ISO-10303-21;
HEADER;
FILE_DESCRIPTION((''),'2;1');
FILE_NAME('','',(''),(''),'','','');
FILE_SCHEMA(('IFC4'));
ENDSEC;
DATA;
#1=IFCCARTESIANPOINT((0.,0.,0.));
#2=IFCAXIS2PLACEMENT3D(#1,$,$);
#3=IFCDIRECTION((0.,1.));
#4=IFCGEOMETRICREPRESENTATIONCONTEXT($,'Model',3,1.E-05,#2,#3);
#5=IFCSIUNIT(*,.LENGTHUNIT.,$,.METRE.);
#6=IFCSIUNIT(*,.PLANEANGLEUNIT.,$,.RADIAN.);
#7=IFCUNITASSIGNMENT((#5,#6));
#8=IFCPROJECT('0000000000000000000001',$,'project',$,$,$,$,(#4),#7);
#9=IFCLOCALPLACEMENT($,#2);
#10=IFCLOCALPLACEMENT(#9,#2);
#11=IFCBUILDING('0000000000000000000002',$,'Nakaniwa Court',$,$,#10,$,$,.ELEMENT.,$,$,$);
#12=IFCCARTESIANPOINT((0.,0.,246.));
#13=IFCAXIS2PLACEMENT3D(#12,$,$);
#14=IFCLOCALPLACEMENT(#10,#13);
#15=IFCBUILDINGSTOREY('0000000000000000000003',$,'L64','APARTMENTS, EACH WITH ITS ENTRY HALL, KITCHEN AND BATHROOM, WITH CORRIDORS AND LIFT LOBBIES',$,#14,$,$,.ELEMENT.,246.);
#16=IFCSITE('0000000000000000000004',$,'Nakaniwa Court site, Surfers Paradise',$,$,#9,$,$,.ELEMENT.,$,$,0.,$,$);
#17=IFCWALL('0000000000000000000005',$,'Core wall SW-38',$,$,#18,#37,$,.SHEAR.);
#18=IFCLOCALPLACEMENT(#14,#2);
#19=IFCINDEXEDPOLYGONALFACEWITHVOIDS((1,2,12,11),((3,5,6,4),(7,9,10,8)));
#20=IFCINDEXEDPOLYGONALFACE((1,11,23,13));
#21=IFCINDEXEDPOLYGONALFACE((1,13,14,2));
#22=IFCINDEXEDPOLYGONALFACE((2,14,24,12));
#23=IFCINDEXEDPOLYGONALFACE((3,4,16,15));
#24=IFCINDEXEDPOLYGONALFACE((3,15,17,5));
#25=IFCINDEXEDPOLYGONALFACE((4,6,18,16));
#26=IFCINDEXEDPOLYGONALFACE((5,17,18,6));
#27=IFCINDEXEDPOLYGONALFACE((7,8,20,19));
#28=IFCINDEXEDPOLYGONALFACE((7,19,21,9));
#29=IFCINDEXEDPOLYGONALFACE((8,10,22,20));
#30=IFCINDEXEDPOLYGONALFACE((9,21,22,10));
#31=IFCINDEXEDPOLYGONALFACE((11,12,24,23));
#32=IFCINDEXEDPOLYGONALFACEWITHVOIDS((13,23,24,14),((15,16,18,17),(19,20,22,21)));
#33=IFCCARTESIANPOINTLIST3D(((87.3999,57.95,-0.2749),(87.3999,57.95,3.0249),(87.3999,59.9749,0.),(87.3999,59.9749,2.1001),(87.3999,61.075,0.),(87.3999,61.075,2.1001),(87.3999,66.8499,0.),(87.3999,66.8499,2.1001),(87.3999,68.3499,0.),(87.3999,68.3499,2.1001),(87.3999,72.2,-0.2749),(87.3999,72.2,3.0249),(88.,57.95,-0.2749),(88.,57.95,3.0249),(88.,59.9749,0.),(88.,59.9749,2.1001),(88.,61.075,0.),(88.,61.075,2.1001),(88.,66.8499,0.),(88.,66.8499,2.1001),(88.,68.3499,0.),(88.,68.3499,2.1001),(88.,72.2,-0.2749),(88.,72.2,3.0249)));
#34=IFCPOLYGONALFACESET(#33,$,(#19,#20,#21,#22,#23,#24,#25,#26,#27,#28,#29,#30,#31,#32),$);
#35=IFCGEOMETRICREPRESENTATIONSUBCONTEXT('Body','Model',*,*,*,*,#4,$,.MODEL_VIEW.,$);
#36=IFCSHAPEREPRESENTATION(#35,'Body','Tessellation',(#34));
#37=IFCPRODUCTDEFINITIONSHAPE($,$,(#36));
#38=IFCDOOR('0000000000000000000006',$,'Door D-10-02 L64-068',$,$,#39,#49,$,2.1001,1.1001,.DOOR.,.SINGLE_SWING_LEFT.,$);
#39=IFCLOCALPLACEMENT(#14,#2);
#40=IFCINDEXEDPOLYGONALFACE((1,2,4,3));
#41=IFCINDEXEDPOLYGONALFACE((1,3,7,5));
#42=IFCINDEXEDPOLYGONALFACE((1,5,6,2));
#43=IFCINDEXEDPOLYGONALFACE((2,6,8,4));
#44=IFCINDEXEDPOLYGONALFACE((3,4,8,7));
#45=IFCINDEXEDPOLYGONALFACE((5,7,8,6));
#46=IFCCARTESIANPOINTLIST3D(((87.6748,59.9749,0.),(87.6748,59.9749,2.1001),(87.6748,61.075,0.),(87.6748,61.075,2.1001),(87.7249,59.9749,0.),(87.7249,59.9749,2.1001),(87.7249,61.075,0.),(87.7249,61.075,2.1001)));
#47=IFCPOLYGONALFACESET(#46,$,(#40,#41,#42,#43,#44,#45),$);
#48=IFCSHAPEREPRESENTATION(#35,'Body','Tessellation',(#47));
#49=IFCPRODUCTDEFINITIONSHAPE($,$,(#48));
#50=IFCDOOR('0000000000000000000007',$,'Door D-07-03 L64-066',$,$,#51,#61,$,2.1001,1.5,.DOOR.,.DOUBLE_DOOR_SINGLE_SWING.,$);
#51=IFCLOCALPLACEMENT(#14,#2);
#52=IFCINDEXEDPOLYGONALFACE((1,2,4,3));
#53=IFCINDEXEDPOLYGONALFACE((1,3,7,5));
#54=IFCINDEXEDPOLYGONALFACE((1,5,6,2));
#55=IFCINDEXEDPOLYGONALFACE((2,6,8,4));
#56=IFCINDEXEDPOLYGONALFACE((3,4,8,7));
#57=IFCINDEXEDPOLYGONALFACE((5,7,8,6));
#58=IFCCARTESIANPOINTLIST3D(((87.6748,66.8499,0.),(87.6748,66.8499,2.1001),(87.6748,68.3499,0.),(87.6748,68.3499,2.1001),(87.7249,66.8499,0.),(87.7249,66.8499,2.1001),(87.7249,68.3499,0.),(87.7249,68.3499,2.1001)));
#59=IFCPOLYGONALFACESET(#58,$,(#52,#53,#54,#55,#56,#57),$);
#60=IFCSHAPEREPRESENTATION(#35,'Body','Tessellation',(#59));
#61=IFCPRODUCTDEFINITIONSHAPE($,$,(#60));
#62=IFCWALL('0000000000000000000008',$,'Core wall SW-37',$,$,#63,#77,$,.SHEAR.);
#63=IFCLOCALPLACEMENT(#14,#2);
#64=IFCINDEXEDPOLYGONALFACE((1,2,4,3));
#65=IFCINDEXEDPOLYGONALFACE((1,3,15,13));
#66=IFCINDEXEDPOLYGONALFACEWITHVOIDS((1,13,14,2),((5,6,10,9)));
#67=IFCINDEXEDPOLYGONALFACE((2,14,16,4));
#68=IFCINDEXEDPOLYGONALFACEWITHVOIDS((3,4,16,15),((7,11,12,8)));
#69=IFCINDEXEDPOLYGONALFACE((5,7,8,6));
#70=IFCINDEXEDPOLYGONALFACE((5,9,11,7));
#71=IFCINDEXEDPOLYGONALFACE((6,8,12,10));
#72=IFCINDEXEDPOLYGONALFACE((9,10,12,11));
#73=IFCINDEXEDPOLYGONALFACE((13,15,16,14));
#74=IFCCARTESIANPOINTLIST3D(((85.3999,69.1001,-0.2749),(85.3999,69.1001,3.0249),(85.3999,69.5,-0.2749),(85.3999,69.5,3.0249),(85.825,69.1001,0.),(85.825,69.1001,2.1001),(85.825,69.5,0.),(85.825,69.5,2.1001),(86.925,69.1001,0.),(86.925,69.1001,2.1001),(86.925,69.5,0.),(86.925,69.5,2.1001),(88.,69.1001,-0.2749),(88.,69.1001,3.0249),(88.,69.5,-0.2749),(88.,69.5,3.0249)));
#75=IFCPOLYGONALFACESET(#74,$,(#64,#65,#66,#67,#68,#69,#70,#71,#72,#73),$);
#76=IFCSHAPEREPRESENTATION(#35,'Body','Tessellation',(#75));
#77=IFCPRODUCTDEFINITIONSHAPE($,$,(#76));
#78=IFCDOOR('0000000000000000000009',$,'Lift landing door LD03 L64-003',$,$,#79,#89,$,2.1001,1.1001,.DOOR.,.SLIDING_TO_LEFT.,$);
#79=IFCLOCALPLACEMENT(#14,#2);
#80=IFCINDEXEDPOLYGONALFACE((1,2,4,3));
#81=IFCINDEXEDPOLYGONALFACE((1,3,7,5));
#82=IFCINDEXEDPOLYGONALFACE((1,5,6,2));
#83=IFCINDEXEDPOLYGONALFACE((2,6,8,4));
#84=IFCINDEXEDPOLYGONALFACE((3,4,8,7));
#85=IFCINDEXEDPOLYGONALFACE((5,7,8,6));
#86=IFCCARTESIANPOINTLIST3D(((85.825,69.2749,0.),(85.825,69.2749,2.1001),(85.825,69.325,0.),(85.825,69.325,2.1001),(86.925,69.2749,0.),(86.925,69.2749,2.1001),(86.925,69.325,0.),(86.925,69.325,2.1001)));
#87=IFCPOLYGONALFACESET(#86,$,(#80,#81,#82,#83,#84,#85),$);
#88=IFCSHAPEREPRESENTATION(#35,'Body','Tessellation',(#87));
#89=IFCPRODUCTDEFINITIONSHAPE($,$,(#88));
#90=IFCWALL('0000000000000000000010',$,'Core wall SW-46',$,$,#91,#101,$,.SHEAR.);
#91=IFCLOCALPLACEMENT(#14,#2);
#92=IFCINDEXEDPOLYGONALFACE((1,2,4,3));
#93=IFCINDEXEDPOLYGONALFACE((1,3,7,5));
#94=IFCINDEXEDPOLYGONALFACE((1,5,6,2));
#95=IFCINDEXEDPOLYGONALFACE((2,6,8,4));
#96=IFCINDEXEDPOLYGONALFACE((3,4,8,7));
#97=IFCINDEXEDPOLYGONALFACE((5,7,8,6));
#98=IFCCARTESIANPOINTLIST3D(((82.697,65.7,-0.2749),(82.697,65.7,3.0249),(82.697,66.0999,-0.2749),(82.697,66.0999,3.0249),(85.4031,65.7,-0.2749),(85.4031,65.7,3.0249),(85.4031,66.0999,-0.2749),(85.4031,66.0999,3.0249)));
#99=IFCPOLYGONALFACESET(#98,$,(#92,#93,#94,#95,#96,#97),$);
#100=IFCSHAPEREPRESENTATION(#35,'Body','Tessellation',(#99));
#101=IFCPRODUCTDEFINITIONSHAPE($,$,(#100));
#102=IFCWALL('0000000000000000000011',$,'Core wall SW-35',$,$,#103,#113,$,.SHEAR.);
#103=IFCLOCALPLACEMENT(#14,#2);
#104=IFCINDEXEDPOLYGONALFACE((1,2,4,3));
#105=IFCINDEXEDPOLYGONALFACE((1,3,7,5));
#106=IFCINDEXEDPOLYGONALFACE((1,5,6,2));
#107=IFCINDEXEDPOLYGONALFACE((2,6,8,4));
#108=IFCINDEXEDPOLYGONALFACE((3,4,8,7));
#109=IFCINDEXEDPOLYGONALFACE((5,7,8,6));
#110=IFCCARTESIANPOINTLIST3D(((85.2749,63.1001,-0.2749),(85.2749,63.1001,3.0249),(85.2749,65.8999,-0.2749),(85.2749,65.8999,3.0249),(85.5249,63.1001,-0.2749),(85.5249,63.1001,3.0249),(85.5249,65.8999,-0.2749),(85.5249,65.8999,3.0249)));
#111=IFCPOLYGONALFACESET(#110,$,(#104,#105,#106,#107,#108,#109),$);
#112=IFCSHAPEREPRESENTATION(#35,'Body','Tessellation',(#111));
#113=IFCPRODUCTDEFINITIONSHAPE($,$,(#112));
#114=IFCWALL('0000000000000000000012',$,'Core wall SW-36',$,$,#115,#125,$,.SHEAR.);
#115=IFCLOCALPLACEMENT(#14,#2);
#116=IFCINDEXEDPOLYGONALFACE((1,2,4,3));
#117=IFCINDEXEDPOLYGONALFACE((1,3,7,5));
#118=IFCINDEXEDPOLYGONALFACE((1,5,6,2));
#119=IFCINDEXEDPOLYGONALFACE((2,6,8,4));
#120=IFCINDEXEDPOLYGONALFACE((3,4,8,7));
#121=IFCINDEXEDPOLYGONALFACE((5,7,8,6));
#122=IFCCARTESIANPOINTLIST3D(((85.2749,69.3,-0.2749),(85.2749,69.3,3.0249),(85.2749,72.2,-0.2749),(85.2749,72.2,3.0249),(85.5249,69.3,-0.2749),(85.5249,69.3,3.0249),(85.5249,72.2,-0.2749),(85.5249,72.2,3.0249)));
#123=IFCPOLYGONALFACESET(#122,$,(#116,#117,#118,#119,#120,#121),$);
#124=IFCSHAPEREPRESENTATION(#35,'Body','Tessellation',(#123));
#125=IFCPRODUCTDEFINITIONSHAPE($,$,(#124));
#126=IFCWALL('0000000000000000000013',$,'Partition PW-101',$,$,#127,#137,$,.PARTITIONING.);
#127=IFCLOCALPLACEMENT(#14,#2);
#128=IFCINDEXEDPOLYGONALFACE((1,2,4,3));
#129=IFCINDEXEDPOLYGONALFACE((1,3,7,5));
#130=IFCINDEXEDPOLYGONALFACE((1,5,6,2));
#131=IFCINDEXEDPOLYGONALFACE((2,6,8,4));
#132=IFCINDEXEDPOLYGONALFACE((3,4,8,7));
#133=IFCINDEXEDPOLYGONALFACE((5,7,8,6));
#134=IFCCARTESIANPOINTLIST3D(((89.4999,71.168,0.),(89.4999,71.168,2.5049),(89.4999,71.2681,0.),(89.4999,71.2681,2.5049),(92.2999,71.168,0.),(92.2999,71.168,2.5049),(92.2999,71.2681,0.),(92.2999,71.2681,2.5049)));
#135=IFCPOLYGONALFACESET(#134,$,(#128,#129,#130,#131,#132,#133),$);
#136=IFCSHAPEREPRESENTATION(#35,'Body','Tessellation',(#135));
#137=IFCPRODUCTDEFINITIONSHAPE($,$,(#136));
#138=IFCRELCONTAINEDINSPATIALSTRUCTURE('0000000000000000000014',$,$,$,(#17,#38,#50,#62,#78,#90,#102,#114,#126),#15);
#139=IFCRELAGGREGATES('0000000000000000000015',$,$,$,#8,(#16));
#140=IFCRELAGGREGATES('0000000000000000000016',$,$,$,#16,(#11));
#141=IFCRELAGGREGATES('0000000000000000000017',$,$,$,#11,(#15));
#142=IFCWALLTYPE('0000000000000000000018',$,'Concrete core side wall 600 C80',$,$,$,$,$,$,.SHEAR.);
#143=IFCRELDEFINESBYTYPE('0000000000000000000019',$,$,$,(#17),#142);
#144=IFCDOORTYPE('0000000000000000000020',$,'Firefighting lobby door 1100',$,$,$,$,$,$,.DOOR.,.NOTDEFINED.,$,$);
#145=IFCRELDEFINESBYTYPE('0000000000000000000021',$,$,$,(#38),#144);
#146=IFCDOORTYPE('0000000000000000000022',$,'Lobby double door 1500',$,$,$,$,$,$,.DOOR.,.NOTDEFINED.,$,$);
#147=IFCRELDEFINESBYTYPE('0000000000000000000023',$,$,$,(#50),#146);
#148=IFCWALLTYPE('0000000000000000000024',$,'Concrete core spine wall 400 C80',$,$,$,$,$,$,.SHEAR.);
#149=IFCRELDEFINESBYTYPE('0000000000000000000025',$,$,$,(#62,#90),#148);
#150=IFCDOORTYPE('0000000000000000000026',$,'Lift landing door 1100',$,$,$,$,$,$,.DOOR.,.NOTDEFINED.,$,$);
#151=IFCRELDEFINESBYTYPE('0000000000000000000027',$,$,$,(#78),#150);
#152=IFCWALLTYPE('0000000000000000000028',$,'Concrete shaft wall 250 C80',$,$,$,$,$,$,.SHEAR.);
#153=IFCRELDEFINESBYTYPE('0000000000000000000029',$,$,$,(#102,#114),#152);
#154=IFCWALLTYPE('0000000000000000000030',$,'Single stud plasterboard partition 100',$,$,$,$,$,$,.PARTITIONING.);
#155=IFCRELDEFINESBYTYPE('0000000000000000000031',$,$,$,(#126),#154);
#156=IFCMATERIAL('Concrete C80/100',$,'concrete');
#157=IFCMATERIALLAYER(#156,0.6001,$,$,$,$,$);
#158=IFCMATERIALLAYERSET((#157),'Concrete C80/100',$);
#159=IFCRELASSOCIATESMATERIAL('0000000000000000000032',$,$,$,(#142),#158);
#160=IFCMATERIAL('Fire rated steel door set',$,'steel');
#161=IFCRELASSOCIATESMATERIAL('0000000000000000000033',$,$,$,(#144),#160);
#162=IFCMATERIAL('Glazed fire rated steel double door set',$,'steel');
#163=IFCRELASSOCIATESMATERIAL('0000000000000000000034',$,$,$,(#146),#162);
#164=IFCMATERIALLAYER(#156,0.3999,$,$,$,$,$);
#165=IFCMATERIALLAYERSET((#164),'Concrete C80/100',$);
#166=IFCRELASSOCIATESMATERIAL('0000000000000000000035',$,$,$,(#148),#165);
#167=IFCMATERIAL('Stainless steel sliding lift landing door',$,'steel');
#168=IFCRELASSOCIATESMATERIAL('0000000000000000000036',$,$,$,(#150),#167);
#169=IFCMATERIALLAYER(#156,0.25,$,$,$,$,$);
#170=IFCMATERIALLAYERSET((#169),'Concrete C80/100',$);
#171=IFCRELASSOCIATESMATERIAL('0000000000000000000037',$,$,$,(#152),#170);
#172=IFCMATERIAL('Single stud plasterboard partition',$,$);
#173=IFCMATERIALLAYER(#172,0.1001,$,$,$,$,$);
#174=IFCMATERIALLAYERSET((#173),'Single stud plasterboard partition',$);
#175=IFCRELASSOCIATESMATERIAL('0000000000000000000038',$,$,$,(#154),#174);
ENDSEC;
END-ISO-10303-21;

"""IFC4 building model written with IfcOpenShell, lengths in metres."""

from ifc_helpers import new_model, si_unit, direction, frame, frame_2d, origin, place, context, subcontext, project, spatial, rectangle, extrude, material, layer, layer_set, type_object, element, fill, save


model = new_model("IFC4")

# Units and contexts
model_context = context("Model", 3, precision=1e-05, world=origin(), true_north=direction((0.0, 1.0)))
body_context = subcontext(model_context, "Body", "Model", "MODEL_VIEW")
ifc_project = project(units=[si_unit("LENGTHUNIT", "METRE"), si_unit("PLANEANGLEUNIT", "RADIAN")], contexts=[model_context])

# Site, building, storey
site_placement = place(None, origin())
site = spatial("IfcSite", under=ifc_project, at=site_placement, Name="Nakaniwa Court site, Surfers Paradise", CompositionType="ELEMENT", RefElevation=0.0)
building_placement = place(site_placement, origin())
building = spatial("IfcBuilding", under=site, at=building_placement, Name="Nakaniwa Court", CompositionType="ELEMENT")
storey_placement = place(building_placement, frame((0.0, 0.0, 246.0)))
storey = spatial("IfcBuildingStorey", under=building, at=storey_placement, Name="L64", Description="APARTMENTS, EACH WITH ITS ENTRY HALL, KITCHEN AND BATHROOM, WITH CORRIDORS AND LIFT LOBBIES", CompositionType="ELEMENT", Elevation=246.0)

# Shared definitions
ifc_material_1 = material(Name="Concrete C80/100", Category="concrete")

# Shared definitions
ifc_material_2 = material(Name="Fire rated steel door set", Category="steel")

# Wall, openings, doors
ifc_layer_1 = layer(ifc_material_1, 0.6001)
ifc_layer_set_1 = layer_set([ifc_layer_1], Name="Concrete C80/100")
wall_type_1 = type_object("IfcWallType", Name="Concrete core side wall 600 C80", PredefinedType="SHEAR", material=ifc_layer_set_1)
wall_1_placement = place(storey_placement, frame((87.7, 72.2, -0.2749), z_axis=(0.0, 0.0, 1.0), x_axis=(0.0, -1.0, 0.0)))
wall_1 = element("IfcWall", 1, at=wall_1_placement, inside=storey, type_object=wall_type_1, Name="Core wall SW-38", PredefinedType="SHEAR", context=body_context, shape_type="SweptSolid", body=[
    extrude(rectangle(XDim=14.25, YDim=0.6001, at=frame_2d((7.125, 0.0))), origin(), (0.0, 0.0, 1.0), 3.2998),
])
opening_1_placement = place(wall_1_placement, frame((3.8501, 0.0, 0.2749)))
opening_1 = element("IfcOpeningElement", 2, at=opening_1_placement, cuts=wall_1, PredefinedType="OPENING", context=body_context, shape_type="SweptSolid", body=[
    extrude(rectangle(XDim=1.5, YDim=2.1001, at=frame_2d((0.75, 1.05))), frame((0.0, 0.3101, 0.0), z_axis=(0.0, -1.0, 0.0), x_axis=(1.0, 0.0, 0.0)), (0.0, 0.0, 1.0), 0.6201),
])
opening_2_placement = place(wall_1_placement, frame((11.125, 0.0, 0.2749)))
opening_2 = element("IfcOpeningElement", 3, at=opening_2_placement, cuts=wall_1, PredefinedType="OPENING", context=body_context, shape_type="SweptSolid", body=[
    extrude(rectangle(XDim=1.1001, YDim=2.1001, at=frame_2d((0.55, 1.05))), frame((0.0, 0.3101, 0.0), z_axis=(0.0, -1.0, 0.0), x_axis=(1.0, 0.0, 0.0)), (0.0, 0.0, 1.0), 0.6201),
])
door_type_1 = type_object("IfcDoorType", Name="Firefighting lobby door 1100", OperationType="NOTDEFINED", PredefinedType="DOOR", material=ifc_material_2)
door_1_placement = place(opening_2_placement, origin())
door_1 = element("IfcDoor", 4, at=door_1_placement, inside=storey, type_object=door_type_1, Name="Door D-10-02 L64-068", OperationType="SINGLE_SWING_LEFT", OverallHeight=2.1001, OverallWidth=1.1001, PredefinedType="DOOR", context=body_context, shape_type="SweptSolid", body=[
    extrude(rectangle(XDim=1.1001, YDim=2.1001, at=frame_2d((0.55, 1.05))), frame((0.0, 0.0249, 0.0), z_axis=(0.0, -1.0, 0.0), x_axis=(1.0, 0.0, 0.0)), (0.0, 0.0, 1.0), 0.05),
])
fill(opening_2, door_1)
ifc_material_3 = material(Name="Glazed fire rated steel double door set", Category="steel")
door_type_2 = type_object("IfcDoorType", Name="Lobby double door 1500", OperationType="NOTDEFINED", PredefinedType="DOOR", material=ifc_material_3)
door_2_placement = place(opening_1_placement, origin())
door_2 = element("IfcDoor", 5, at=door_2_placement, inside=storey, type_object=door_type_2, Name="Door D-07-03 L64-066", OperationType="DOUBLE_DOOR_SINGLE_SWING", OverallHeight=2.1001, OverallWidth=1.5, PredefinedType="DOOR", context=body_context, shape_type="SweptSolid", body=[
    extrude(rectangle(XDim=1.5, YDim=2.1001, at=frame_2d((0.75, 1.05))), frame((0.0, 0.0249, 0.0), z_axis=(0.0, -1.0, 0.0), x_axis=(1.0, 0.0, 0.0)), (0.0, 0.0, 1.0), 0.05),
])
fill(opening_1, door_2)

# Wall, opening, door
ifc_layer_2 = layer(ifc_material_1, 0.3999)
ifc_layer_set_2 = layer_set([ifc_layer_2], Name="Concrete C80/100")
wall_type_2 = type_object("IfcWallType", Name="Concrete core spine wall 400 C80", PredefinedType="SHEAR", material=ifc_layer_set_2)
wall_2_placement = place(storey_placement, frame((85.3999, 69.3, -0.2749), z_axis=(0.0, 0.0, 1.0), x_axis=(1.0, 0.0, 0.0)))
wall_2 = element("IfcWall", 6, at=wall_2_placement, inside=storey, type_object=wall_type_2, Name="Core wall SW-37", PredefinedType="SHEAR", context=body_context, shape_type="SweptSolid", body=[
    extrude(rectangle(XDim=2.6001, YDim=0.3999, at=frame_2d((1.3, 0.0))), origin(), (0.0, 0.0, 1.0), 3.2998),
])
opening_3_placement = place(wall_2_placement, frame((0.425, 0.0, 0.2749)))
opening_3 = element("IfcOpeningElement", 7, at=opening_3_placement, cuts=wall_2, PredefinedType="OPENING", context=body_context, shape_type="SweptSolid", body=[
    extrude(rectangle(XDim=1.1001, YDim=2.1001, at=frame_2d((0.55, 1.05))), frame((0.0, 0.21, 0.0), z_axis=(0.0, -1.0, 0.0), x_axis=(1.0, 0.0, 0.0)), (0.0, 0.0, 1.0), 0.4199),
])
ifc_material_4 = material(Name="Stainless steel sliding lift landing door", Category="steel")
door_type_3 = type_object("IfcDoorType", Name="Lift landing door 1100", OperationType="NOTDEFINED", PredefinedType="DOOR", material=ifc_material_4)
door_3_placement = place(opening_3_placement, origin())
door_3 = element("IfcDoor", 8, at=door_3_placement, inside=storey, type_object=door_type_3, Name="Lift landing door LD03 L64-003", OperationType="SLIDING_TO_LEFT", OverallHeight=2.1001, OverallWidth=1.1001, PredefinedType="DOOR", context=body_context, shape_type="SweptSolid", body=[
    extrude(rectangle(XDim=1.1001, YDim=2.1001, at=frame_2d((0.55, 1.05))), frame((0.0, 0.0249, 0.0), z_axis=(0.0, -1.0, 0.0), x_axis=(1.0, 0.0, 0.0)), (0.0, 0.0, 1.0), 0.05),
])
fill(opening_3, door_3)

# Walls
wall_3_placement = place(storey_placement, frame((82.697, 65.8999, -0.2749), z_axis=(0.0, 0.0, 1.0), x_axis=(1.0, 0.0, 0.0)))
element("IfcWall", 9, at=wall_3_placement, inside=storey, type_object=wall_type_2, Name="Core wall SW-46", PredefinedType="SHEAR", context=body_context, shape_type="SweptSolid", body=[
    extrude(rectangle(XDim=2.7061, YDim=0.3999, at=frame_2d((1.353, 0.0))), origin(), (0.0, 0.0, 1.0), 3.2998),
])
ifc_layer_3 = layer(ifc_material_1, 0.25)
ifc_layer_set_3 = layer_set([ifc_layer_3], Name="Concrete C80/100")
wall_type_3 = type_object("IfcWallType", Name="Concrete shaft wall 250 C80", PredefinedType="SHEAR", material=ifc_layer_set_3)
wall_4_placement = place(storey_placement, frame((85.3999, 63.1001, -0.2749), z_axis=(0.0, 0.0, 1.0), x_axis=(0.0, 1.0, 0.0)))
element("IfcWall", 10, at=wall_4_placement, inside=storey, type_object=wall_type_3, Name="Core wall SW-35", PredefinedType="SHEAR", context=body_context, shape_type="SweptSolid", body=[
    extrude(rectangle(XDim=2.7998, YDim=0.25, at=frame_2d((1.3999, 0.0))), origin(), (0.0, 0.0, 1.0), 3.2998),
])
wall_5_placement = place(storey_placement, frame((85.3999, 69.3, -0.2749), z_axis=(0.0, 0.0, 1.0), x_axis=(0.0, 1.0, 0.0)))
element("IfcWall", 11, at=wall_5_placement, inside=storey, type_object=wall_type_3, Name="Core wall SW-36", PredefinedType="SHEAR", context=body_context, shape_type="SweptSolid", body=[
    extrude(rectangle(XDim=2.8999, YDim=0.25, at=frame_2d((1.45, 0.0))), origin(), (0.0, 0.0, 1.0), 3.2998),
])
ifc_material_5 = material(Name="Single stud plasterboard partition")
ifc_layer_4 = layer(ifc_material_5, 0.1001)
ifc_layer_set_4 = layer_set([ifc_layer_4], Name="Single stud plasterboard partition")
wall_type_4 = type_object("IfcWallType", Name="Single stud plasterboard partition 100", PredefinedType="PARTITIONING", material=ifc_layer_set_4)
wall_6_placement = place(storey_placement, frame((89.5, 71.218, 0.0), z_axis=(0.0, 0.0, 1.0), x_axis=(1.0, 0.0, 0.0)))
element("IfcWall", 12, at=wall_6_placement, inside=storey, type_object=wall_type_4, Name="Partition PW-101", PredefinedType="PARTITIONING", context=body_context, shape_type="SweptSolid", body=[
    extrude(rectangle(XDim=2.8, YDim=0.1001, at=frame_2d((1.3999, 0.0))), origin(), (0.0, 0.0, 1.0), 2.5049),
])

save(model, "model.ifc")
